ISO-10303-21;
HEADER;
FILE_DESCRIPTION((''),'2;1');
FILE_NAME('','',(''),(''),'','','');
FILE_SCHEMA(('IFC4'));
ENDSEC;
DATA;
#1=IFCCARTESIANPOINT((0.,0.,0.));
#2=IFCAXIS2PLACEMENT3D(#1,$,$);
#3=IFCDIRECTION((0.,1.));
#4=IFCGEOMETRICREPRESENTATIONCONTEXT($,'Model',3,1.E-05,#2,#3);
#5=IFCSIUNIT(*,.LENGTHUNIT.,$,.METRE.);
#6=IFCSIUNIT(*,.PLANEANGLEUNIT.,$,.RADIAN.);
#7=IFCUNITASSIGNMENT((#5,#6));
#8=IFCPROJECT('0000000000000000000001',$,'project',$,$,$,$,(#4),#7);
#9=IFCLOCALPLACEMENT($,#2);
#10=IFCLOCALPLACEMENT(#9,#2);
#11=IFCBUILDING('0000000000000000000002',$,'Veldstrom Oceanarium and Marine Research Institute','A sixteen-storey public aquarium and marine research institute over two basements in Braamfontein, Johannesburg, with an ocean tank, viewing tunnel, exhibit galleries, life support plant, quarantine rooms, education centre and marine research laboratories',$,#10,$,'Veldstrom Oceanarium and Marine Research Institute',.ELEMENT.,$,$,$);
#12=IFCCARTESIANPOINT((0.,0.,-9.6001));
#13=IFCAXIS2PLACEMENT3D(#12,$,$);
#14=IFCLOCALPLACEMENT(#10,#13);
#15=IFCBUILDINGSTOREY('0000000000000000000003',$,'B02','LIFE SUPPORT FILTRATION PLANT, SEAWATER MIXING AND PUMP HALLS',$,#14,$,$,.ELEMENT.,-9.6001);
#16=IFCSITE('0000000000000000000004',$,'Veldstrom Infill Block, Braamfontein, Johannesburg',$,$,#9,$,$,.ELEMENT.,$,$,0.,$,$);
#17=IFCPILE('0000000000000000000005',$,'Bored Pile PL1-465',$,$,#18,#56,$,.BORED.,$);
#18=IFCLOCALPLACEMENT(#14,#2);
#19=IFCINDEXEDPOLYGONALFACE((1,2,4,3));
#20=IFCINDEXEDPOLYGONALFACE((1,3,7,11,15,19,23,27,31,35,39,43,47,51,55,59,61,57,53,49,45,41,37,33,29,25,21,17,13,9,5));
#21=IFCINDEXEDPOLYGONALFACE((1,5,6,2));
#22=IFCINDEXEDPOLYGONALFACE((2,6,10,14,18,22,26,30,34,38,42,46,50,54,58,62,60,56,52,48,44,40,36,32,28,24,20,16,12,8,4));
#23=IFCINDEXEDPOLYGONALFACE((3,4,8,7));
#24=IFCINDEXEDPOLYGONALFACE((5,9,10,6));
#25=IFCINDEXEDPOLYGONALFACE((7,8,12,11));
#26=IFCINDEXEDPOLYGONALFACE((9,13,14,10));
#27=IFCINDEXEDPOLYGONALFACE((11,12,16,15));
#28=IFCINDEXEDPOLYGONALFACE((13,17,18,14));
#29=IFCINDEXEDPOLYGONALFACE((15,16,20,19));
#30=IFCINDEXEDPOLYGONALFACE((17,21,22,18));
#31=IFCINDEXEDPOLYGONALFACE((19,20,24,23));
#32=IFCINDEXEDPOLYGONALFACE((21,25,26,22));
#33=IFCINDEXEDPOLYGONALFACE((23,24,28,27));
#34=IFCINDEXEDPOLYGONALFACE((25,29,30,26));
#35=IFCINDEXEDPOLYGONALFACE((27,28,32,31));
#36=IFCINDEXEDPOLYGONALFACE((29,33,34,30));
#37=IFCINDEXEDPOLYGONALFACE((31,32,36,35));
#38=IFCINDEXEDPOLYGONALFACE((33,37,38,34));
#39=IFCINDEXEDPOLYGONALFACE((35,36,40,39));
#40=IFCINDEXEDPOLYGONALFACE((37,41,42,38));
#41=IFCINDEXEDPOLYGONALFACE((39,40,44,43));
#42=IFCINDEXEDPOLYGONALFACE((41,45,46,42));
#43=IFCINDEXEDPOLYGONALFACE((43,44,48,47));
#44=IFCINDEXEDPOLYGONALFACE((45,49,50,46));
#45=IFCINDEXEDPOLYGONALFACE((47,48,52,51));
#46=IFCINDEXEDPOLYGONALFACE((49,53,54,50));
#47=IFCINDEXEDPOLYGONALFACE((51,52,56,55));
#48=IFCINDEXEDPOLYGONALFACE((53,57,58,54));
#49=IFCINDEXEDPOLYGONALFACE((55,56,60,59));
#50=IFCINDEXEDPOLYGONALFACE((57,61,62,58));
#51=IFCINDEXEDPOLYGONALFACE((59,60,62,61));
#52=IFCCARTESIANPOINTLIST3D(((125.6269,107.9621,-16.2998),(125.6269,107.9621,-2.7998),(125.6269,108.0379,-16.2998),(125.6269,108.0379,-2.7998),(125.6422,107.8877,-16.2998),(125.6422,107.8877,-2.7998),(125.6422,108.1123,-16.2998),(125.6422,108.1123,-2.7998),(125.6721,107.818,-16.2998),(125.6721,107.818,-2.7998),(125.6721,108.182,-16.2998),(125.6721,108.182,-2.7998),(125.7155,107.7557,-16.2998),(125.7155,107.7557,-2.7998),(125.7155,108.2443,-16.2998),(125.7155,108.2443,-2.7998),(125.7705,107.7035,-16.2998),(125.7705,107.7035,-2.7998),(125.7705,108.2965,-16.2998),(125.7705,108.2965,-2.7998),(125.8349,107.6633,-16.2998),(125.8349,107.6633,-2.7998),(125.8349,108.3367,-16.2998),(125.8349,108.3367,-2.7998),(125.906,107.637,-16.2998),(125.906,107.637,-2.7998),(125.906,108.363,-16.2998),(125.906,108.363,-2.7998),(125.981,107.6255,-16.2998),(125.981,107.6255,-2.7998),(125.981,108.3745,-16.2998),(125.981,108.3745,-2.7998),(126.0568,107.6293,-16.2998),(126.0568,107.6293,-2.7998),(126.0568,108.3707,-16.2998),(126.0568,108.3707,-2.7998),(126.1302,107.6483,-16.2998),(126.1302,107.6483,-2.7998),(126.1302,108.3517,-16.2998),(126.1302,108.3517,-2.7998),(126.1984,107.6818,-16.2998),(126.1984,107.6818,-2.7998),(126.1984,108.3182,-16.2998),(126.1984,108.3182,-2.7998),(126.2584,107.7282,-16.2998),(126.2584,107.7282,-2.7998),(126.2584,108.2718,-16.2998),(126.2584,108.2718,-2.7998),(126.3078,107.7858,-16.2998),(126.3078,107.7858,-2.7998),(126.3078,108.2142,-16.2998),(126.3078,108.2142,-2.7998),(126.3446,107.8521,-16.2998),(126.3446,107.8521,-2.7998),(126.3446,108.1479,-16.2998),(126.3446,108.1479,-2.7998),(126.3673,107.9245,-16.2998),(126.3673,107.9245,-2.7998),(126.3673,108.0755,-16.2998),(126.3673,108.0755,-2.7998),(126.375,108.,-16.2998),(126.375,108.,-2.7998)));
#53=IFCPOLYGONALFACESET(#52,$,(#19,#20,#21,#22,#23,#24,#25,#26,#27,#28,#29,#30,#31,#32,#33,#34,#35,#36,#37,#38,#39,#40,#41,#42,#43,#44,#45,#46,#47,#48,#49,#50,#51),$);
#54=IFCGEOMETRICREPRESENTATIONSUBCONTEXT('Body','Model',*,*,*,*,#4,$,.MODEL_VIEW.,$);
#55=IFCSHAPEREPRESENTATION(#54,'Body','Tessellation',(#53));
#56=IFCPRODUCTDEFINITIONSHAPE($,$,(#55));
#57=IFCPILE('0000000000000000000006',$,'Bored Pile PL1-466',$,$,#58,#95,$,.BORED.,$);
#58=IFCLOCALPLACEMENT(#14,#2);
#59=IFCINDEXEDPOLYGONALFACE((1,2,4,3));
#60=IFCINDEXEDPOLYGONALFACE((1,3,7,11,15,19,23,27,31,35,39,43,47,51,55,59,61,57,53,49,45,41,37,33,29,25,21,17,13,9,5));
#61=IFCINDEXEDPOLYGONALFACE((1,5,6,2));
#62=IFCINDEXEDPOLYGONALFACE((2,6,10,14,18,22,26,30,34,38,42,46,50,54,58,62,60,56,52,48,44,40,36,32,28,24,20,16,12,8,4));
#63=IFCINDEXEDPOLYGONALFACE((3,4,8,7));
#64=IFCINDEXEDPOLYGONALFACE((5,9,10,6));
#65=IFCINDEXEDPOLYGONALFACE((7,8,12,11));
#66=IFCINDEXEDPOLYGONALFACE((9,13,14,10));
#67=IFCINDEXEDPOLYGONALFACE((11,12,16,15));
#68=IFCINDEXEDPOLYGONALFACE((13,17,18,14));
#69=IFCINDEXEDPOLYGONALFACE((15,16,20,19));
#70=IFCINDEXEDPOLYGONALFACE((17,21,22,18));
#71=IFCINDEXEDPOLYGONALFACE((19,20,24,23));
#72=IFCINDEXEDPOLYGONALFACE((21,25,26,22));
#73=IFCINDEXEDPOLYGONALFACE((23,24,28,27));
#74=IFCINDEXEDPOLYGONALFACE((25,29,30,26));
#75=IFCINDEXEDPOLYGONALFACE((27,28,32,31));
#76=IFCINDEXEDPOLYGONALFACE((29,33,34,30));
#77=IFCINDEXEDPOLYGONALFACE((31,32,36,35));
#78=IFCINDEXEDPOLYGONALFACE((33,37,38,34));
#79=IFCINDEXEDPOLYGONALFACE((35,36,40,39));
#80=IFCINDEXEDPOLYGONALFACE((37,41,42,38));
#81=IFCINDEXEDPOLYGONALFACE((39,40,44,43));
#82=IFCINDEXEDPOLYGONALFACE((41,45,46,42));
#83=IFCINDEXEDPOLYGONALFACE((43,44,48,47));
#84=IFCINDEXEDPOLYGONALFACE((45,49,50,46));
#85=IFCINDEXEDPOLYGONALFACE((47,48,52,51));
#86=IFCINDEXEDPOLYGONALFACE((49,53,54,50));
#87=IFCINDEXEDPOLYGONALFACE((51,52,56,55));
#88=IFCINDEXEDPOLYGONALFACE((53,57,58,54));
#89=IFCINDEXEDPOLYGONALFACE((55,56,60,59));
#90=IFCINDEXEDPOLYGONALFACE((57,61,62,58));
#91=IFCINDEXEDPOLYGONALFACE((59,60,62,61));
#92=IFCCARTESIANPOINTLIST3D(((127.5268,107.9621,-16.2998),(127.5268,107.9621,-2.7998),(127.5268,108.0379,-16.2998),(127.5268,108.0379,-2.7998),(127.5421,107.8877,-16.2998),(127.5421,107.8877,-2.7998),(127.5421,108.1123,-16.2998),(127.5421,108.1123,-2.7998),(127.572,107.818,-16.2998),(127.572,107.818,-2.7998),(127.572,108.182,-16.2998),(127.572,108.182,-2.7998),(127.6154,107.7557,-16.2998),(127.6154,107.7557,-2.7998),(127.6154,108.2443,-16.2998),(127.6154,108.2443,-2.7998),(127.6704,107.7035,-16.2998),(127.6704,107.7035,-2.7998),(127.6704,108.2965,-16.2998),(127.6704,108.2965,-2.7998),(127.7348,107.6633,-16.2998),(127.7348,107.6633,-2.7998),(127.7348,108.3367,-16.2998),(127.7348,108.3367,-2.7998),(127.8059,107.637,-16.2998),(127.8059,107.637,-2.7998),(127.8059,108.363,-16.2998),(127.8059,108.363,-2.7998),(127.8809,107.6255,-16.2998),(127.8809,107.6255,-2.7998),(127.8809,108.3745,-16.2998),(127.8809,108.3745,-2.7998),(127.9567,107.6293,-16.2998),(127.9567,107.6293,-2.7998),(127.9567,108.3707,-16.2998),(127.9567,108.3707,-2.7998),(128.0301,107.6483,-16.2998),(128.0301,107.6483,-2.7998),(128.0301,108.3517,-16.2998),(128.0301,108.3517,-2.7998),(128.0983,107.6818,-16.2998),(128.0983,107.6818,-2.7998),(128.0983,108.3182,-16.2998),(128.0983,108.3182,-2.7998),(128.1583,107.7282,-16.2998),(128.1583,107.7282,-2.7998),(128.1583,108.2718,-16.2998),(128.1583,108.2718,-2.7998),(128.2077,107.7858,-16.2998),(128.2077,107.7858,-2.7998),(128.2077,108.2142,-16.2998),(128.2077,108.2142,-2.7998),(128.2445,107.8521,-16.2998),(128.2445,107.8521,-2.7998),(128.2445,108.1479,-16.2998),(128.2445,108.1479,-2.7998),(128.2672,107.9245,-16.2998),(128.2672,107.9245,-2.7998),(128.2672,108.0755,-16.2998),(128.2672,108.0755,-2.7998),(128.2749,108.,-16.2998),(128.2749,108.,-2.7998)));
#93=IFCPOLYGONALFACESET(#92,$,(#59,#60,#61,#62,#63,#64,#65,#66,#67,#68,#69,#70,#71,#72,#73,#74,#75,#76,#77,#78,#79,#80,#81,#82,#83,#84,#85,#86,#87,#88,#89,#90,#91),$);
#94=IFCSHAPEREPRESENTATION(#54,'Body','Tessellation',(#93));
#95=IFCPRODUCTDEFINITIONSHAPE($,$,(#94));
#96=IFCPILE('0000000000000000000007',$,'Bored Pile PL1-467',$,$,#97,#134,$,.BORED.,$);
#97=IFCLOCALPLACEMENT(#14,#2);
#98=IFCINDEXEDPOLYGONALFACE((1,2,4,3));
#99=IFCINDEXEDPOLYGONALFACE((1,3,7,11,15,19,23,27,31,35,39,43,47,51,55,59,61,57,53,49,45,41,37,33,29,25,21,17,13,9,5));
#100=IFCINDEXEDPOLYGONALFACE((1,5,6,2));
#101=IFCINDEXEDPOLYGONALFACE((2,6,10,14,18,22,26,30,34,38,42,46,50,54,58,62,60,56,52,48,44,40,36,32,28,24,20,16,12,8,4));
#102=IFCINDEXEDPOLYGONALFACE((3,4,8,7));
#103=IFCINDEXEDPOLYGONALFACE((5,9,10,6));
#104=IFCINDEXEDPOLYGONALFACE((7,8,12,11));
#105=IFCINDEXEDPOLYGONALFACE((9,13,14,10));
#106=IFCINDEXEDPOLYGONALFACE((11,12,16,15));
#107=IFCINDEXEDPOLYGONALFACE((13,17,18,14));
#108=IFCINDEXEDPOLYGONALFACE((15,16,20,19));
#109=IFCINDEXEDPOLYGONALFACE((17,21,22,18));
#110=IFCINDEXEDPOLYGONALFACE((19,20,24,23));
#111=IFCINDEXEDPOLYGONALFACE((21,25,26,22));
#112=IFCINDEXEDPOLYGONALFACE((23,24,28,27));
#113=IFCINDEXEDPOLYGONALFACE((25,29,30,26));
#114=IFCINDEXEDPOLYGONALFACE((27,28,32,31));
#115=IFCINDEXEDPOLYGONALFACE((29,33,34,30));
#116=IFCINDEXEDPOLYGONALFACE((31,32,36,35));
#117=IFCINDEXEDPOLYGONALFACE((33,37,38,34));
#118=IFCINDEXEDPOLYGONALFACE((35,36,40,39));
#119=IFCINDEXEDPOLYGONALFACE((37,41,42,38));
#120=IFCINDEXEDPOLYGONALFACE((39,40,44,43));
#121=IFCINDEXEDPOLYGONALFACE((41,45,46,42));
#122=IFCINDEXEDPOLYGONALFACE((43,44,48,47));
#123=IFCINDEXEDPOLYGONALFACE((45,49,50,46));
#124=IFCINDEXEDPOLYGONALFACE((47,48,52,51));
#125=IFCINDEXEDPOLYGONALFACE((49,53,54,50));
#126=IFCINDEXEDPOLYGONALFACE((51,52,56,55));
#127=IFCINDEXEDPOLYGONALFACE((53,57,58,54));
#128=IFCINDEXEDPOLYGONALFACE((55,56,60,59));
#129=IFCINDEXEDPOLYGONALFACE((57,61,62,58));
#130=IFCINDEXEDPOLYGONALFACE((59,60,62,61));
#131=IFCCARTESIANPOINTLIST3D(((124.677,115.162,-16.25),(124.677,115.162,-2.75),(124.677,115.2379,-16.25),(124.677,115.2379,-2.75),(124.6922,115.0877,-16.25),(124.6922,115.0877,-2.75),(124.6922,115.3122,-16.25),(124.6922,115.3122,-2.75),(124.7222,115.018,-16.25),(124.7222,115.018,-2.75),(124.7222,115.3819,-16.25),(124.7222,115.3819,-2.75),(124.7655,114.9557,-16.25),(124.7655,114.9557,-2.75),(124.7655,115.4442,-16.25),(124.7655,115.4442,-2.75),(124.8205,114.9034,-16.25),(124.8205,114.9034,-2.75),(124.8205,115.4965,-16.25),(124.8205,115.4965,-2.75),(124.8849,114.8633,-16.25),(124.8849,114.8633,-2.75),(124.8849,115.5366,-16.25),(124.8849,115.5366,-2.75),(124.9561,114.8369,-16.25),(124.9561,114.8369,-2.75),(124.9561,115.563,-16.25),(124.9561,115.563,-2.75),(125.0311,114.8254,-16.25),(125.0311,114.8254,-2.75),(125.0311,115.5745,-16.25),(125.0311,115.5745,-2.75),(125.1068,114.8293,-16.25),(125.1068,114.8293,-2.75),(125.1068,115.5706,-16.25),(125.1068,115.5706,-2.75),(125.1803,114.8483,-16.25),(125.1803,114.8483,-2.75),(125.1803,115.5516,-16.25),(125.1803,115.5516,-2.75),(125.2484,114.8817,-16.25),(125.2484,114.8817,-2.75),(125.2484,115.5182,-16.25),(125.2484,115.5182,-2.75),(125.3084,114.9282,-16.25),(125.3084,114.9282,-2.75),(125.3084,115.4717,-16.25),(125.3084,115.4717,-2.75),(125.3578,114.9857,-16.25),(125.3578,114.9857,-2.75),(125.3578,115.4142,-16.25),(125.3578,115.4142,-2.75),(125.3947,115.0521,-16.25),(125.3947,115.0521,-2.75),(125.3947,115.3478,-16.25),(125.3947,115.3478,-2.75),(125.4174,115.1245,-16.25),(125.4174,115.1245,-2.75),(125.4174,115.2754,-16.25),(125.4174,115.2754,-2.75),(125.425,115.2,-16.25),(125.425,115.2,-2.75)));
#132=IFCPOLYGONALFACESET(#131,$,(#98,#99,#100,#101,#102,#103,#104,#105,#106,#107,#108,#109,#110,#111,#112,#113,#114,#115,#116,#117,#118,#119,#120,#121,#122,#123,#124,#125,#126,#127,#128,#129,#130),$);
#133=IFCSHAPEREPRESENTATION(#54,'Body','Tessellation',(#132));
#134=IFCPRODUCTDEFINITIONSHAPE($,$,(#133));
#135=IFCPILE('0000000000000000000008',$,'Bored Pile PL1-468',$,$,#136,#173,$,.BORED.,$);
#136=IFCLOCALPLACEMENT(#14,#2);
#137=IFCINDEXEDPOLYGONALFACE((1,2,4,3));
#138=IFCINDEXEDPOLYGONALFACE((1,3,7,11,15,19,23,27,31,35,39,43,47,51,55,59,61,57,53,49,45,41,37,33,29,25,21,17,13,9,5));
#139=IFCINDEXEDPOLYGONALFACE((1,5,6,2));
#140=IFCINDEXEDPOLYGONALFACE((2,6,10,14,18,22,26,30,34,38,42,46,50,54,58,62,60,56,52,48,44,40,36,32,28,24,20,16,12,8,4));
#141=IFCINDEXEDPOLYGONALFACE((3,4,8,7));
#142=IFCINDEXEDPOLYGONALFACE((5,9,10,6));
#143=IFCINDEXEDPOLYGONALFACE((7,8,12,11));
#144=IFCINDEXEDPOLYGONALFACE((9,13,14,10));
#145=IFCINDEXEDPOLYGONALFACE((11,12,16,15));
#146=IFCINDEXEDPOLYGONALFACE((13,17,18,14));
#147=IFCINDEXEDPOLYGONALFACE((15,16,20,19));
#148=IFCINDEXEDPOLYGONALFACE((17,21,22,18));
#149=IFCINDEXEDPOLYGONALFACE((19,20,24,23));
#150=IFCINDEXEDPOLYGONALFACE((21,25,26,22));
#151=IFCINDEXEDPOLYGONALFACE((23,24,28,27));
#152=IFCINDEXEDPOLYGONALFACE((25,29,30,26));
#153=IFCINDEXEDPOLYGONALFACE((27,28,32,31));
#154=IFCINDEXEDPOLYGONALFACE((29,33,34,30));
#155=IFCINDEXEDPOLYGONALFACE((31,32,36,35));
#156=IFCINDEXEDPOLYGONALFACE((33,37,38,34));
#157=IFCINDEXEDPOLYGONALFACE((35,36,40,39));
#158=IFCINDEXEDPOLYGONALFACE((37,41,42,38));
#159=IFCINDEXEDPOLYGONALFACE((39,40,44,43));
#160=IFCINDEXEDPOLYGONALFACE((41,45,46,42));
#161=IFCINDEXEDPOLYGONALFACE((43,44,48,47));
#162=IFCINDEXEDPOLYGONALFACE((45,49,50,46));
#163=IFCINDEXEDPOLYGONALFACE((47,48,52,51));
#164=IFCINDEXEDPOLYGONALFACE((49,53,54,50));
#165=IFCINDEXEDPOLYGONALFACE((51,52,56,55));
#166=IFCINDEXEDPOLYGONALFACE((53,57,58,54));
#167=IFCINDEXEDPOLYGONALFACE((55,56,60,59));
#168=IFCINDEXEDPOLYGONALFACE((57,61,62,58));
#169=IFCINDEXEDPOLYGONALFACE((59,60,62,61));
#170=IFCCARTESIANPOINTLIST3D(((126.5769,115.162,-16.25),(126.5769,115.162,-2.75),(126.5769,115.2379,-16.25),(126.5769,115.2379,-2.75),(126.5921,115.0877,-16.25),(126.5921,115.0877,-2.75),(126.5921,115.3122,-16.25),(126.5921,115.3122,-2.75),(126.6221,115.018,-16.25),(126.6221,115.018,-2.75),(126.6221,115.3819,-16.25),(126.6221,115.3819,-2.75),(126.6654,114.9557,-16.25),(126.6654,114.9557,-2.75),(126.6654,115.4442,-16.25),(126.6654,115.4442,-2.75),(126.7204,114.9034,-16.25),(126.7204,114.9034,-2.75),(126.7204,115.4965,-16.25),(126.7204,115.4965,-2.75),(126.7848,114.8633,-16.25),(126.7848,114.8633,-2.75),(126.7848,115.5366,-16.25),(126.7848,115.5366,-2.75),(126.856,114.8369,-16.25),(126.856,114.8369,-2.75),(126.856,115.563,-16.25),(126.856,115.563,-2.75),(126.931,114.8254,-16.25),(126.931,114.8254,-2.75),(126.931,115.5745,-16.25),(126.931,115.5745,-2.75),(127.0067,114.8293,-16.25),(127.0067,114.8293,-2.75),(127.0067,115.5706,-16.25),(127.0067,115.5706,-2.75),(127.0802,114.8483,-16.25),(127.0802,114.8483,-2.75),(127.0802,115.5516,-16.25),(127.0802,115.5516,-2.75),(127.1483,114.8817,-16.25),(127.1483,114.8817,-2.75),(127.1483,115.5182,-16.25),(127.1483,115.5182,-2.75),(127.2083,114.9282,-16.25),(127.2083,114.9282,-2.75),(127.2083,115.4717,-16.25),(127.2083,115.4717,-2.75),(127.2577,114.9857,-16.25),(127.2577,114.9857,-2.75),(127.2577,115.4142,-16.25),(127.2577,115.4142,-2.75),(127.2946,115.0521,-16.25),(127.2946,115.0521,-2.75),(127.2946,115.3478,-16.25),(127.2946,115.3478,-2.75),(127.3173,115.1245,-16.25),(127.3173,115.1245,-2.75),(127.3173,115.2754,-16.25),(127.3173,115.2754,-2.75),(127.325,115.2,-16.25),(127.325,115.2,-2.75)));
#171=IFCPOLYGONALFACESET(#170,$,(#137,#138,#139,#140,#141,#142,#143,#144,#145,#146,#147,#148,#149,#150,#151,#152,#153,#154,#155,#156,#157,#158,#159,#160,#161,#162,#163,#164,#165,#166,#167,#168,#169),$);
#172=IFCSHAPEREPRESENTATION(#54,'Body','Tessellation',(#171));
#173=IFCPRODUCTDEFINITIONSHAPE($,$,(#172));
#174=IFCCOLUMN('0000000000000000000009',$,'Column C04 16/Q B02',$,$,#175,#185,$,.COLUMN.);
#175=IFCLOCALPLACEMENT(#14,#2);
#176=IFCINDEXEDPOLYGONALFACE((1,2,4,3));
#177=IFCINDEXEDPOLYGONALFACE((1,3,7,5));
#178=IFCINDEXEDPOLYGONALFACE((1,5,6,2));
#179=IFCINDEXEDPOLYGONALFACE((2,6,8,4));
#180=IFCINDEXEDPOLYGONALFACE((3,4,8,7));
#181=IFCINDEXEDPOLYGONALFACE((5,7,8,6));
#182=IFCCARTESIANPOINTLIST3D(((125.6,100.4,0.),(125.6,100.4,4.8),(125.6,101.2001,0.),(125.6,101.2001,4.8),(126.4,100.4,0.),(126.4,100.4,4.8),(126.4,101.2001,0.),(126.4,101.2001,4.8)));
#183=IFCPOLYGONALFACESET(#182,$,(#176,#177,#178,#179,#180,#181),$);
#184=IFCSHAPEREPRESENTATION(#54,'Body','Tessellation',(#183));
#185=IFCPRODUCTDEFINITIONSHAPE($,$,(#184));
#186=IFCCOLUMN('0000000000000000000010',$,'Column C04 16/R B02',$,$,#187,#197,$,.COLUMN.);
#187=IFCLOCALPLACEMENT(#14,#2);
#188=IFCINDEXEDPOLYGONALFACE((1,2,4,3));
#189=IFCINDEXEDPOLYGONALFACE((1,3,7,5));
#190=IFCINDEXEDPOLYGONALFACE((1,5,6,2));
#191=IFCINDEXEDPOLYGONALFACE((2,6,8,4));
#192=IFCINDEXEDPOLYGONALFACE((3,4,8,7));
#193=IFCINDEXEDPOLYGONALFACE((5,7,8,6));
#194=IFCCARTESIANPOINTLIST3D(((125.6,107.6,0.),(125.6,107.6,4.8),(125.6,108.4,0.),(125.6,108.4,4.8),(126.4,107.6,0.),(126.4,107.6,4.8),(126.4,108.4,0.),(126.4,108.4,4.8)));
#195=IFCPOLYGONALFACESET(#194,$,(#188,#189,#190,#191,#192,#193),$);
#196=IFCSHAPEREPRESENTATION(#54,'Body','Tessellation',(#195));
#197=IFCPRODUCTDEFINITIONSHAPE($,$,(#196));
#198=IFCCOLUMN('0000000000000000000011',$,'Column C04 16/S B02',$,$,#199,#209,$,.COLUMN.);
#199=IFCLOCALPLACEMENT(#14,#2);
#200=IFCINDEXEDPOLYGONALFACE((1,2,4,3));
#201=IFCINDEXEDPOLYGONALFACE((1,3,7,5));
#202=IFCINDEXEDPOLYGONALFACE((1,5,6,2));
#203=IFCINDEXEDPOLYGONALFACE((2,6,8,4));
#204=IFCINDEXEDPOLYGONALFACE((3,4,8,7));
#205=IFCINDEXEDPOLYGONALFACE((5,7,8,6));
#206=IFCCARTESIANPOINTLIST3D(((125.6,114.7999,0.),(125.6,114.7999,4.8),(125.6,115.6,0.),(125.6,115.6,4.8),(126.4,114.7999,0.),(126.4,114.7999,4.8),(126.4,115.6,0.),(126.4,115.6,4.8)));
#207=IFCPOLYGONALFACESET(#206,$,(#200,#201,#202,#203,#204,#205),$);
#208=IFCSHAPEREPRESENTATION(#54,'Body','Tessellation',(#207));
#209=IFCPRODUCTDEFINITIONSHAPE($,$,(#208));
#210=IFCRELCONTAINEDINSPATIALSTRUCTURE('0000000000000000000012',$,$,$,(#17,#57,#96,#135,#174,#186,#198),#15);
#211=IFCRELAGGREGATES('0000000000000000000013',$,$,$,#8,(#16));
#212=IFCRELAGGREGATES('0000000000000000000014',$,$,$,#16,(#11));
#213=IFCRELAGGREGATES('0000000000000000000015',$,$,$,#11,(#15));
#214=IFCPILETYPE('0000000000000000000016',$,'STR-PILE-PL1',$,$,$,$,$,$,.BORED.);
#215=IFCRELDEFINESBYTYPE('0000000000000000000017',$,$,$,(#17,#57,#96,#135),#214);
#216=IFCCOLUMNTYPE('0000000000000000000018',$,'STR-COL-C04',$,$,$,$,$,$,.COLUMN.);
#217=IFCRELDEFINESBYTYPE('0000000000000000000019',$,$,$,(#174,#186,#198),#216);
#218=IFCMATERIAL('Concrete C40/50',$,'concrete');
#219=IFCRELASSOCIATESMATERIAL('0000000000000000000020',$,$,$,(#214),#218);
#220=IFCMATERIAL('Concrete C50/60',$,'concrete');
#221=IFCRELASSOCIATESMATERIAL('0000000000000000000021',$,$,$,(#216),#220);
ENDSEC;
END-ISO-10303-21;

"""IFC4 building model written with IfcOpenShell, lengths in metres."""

from ifc_helpers import new_model, si_unit, direction, frame, origin, origin_2d, place, context, subcontext, project, spatial, rectangle, circle, extrude, material, material_profile, profile_set, type_object, element, save


model = new_model("IFC4")

# Units and contexts
model_context = context("Model", 3, precision=1e-05, world=origin(), true_north=direction((0.0, 1.0)))
body_context = subcontext(model_context, "Body", "Model", "MODEL_VIEW")
ifc_project = project(units=[si_unit("LENGTHUNIT", "METRE"), si_unit("PLANEANGLEUNIT", "RADIAN")], contexts=[model_context])

# Site, building, storey
site_placement = place(None, origin())
site = spatial("IfcSite", under=ifc_project, at=site_placement, Name="Veldstrom Infill Block, Braamfontein, Johannesburg", CompositionType="ELEMENT", RefElevation=0.0)
building_placement = place(site_placement, origin())
building = spatial("IfcBuilding", under=site, at=building_placement, Name="Veldstrom Oceanarium and Marine Research Institute", Description="A sixteen-storey public aquarium and marine research institute over two basements in Braamfontein, Johannesburg, with an ocean tank, viewing tunnel, exhibit galleries, life support plant, quarantine rooms, education centre and marine research laboratories", LongName="Veldstrom Oceanarium and Marine Research Institute", CompositionType="ELEMENT")
storey_placement = place(building_placement, frame((0.0, 0.0, -9.6001)))
storey = spatial("IfcBuildingStorey", under=building, at=storey_placement, Name="B02", Description="LIFE SUPPORT FILTRATION PLANT, SEAWATER MIXING AND PUMP HALLS", CompositionType="ELEMENT", Elevation=-9.6001)

# Piles
ifc_material_1 = material(Name="Concrete C40/50", Category="concrete")
ifc_material_profile_1 = material_profile(ifc_material_1, circle(Radius=0.375, at=origin_2d()), Name="PILE-D750")
ifc_profile_set_1 = profile_set([ifc_material_profile_1], Name="Concrete C40/50")
pile_type = type_object("IfcPileType", Name="STR-PILE-PL1", PredefinedType="BORED", material=ifc_profile_set_1)
for number, where, z_axis, x_axis, name in (
    (1, (126.0, 108.0, -2.7998), (0.0, 0.0, -1.0), (1.0, 0.0, 0.0), "Bored Pile PL1-465"),
    (2, (127.8999, 108.0, -2.7998), (0.0, 0.0, -1.0), (1.0, 0.0, 0.0), "Bored Pile PL1-466"),
    (3, (125.05, 115.2, -2.75), (0.0, 0.0, -1.0), (1.0, 0.0, 0.0), "Bored Pile PL1-467"),
    (4, (126.95, 115.2, -2.75), (0.0, 0.0, -1.0), (1.0, 0.0, 0.0), "Bored Pile PL1-468"),
):
    element("IfcPile", number, at=place(storey_placement, frame(where, z_axis=z_axis, x_axis=x_axis)), inside=storey, type_object=pile_type, Name=name, PredefinedType="BORED", context=body_context, shape_type="SweptSolid", body=[
        extrude(circle(Radius=0.375, at=origin_2d()), origin(), (0.0, 0.0, 1.0), 13.5),
    ])

# Columns
ifc_material_2 = material(Name="Concrete C50/60", Category="concrete")
ifc_material_profile_2 = material_profile(ifc_material_2, rectangle(XDim=0.8, YDim=0.8, at=origin_2d()), Name="RC-COL-800x800")
ifc_profile_set_2 = profile_set([ifc_material_profile_2], Name="Concrete C50/60")
column_type_1 = type_object("IfcColumnType", Name="STR-COL-C04", PredefinedType="COLUMN", material=ifc_profile_set_2)
for number, where, z_axis, x_axis, name in (
    (5, (126.0, 100.8, 0.0), (0.0, 0.0, 1.0), (1.0, 0.0, 0.0), "Column C04 16/Q B02"),
    (6, (126.0, 108.0, 0.0), (0.0, 0.0, 1.0), (1.0, 0.0, 0.0), "Column C04 16/R B02"),
    (7, (126.0, 115.2, 0.0), (0.0, 0.0, 1.0), (1.0, 0.0, 0.0), "Column C04 16/S B02"),
):
    element("IfcColumn", number, at=place(storey_placement, frame(where, z_axis=z_axis, x_axis=x_axis)), inside=storey, type_object=column_type_1, Name=name, PredefinedType="COLUMN", context=body_context, shape_type="SweptSolid", body=[
        extrude(rectangle(XDim=0.8, YDim=0.8, at=origin_2d()), origin(), (0.0, 0.0, 1.0), 4.8),
    ])

save(model, "model.ifc")
